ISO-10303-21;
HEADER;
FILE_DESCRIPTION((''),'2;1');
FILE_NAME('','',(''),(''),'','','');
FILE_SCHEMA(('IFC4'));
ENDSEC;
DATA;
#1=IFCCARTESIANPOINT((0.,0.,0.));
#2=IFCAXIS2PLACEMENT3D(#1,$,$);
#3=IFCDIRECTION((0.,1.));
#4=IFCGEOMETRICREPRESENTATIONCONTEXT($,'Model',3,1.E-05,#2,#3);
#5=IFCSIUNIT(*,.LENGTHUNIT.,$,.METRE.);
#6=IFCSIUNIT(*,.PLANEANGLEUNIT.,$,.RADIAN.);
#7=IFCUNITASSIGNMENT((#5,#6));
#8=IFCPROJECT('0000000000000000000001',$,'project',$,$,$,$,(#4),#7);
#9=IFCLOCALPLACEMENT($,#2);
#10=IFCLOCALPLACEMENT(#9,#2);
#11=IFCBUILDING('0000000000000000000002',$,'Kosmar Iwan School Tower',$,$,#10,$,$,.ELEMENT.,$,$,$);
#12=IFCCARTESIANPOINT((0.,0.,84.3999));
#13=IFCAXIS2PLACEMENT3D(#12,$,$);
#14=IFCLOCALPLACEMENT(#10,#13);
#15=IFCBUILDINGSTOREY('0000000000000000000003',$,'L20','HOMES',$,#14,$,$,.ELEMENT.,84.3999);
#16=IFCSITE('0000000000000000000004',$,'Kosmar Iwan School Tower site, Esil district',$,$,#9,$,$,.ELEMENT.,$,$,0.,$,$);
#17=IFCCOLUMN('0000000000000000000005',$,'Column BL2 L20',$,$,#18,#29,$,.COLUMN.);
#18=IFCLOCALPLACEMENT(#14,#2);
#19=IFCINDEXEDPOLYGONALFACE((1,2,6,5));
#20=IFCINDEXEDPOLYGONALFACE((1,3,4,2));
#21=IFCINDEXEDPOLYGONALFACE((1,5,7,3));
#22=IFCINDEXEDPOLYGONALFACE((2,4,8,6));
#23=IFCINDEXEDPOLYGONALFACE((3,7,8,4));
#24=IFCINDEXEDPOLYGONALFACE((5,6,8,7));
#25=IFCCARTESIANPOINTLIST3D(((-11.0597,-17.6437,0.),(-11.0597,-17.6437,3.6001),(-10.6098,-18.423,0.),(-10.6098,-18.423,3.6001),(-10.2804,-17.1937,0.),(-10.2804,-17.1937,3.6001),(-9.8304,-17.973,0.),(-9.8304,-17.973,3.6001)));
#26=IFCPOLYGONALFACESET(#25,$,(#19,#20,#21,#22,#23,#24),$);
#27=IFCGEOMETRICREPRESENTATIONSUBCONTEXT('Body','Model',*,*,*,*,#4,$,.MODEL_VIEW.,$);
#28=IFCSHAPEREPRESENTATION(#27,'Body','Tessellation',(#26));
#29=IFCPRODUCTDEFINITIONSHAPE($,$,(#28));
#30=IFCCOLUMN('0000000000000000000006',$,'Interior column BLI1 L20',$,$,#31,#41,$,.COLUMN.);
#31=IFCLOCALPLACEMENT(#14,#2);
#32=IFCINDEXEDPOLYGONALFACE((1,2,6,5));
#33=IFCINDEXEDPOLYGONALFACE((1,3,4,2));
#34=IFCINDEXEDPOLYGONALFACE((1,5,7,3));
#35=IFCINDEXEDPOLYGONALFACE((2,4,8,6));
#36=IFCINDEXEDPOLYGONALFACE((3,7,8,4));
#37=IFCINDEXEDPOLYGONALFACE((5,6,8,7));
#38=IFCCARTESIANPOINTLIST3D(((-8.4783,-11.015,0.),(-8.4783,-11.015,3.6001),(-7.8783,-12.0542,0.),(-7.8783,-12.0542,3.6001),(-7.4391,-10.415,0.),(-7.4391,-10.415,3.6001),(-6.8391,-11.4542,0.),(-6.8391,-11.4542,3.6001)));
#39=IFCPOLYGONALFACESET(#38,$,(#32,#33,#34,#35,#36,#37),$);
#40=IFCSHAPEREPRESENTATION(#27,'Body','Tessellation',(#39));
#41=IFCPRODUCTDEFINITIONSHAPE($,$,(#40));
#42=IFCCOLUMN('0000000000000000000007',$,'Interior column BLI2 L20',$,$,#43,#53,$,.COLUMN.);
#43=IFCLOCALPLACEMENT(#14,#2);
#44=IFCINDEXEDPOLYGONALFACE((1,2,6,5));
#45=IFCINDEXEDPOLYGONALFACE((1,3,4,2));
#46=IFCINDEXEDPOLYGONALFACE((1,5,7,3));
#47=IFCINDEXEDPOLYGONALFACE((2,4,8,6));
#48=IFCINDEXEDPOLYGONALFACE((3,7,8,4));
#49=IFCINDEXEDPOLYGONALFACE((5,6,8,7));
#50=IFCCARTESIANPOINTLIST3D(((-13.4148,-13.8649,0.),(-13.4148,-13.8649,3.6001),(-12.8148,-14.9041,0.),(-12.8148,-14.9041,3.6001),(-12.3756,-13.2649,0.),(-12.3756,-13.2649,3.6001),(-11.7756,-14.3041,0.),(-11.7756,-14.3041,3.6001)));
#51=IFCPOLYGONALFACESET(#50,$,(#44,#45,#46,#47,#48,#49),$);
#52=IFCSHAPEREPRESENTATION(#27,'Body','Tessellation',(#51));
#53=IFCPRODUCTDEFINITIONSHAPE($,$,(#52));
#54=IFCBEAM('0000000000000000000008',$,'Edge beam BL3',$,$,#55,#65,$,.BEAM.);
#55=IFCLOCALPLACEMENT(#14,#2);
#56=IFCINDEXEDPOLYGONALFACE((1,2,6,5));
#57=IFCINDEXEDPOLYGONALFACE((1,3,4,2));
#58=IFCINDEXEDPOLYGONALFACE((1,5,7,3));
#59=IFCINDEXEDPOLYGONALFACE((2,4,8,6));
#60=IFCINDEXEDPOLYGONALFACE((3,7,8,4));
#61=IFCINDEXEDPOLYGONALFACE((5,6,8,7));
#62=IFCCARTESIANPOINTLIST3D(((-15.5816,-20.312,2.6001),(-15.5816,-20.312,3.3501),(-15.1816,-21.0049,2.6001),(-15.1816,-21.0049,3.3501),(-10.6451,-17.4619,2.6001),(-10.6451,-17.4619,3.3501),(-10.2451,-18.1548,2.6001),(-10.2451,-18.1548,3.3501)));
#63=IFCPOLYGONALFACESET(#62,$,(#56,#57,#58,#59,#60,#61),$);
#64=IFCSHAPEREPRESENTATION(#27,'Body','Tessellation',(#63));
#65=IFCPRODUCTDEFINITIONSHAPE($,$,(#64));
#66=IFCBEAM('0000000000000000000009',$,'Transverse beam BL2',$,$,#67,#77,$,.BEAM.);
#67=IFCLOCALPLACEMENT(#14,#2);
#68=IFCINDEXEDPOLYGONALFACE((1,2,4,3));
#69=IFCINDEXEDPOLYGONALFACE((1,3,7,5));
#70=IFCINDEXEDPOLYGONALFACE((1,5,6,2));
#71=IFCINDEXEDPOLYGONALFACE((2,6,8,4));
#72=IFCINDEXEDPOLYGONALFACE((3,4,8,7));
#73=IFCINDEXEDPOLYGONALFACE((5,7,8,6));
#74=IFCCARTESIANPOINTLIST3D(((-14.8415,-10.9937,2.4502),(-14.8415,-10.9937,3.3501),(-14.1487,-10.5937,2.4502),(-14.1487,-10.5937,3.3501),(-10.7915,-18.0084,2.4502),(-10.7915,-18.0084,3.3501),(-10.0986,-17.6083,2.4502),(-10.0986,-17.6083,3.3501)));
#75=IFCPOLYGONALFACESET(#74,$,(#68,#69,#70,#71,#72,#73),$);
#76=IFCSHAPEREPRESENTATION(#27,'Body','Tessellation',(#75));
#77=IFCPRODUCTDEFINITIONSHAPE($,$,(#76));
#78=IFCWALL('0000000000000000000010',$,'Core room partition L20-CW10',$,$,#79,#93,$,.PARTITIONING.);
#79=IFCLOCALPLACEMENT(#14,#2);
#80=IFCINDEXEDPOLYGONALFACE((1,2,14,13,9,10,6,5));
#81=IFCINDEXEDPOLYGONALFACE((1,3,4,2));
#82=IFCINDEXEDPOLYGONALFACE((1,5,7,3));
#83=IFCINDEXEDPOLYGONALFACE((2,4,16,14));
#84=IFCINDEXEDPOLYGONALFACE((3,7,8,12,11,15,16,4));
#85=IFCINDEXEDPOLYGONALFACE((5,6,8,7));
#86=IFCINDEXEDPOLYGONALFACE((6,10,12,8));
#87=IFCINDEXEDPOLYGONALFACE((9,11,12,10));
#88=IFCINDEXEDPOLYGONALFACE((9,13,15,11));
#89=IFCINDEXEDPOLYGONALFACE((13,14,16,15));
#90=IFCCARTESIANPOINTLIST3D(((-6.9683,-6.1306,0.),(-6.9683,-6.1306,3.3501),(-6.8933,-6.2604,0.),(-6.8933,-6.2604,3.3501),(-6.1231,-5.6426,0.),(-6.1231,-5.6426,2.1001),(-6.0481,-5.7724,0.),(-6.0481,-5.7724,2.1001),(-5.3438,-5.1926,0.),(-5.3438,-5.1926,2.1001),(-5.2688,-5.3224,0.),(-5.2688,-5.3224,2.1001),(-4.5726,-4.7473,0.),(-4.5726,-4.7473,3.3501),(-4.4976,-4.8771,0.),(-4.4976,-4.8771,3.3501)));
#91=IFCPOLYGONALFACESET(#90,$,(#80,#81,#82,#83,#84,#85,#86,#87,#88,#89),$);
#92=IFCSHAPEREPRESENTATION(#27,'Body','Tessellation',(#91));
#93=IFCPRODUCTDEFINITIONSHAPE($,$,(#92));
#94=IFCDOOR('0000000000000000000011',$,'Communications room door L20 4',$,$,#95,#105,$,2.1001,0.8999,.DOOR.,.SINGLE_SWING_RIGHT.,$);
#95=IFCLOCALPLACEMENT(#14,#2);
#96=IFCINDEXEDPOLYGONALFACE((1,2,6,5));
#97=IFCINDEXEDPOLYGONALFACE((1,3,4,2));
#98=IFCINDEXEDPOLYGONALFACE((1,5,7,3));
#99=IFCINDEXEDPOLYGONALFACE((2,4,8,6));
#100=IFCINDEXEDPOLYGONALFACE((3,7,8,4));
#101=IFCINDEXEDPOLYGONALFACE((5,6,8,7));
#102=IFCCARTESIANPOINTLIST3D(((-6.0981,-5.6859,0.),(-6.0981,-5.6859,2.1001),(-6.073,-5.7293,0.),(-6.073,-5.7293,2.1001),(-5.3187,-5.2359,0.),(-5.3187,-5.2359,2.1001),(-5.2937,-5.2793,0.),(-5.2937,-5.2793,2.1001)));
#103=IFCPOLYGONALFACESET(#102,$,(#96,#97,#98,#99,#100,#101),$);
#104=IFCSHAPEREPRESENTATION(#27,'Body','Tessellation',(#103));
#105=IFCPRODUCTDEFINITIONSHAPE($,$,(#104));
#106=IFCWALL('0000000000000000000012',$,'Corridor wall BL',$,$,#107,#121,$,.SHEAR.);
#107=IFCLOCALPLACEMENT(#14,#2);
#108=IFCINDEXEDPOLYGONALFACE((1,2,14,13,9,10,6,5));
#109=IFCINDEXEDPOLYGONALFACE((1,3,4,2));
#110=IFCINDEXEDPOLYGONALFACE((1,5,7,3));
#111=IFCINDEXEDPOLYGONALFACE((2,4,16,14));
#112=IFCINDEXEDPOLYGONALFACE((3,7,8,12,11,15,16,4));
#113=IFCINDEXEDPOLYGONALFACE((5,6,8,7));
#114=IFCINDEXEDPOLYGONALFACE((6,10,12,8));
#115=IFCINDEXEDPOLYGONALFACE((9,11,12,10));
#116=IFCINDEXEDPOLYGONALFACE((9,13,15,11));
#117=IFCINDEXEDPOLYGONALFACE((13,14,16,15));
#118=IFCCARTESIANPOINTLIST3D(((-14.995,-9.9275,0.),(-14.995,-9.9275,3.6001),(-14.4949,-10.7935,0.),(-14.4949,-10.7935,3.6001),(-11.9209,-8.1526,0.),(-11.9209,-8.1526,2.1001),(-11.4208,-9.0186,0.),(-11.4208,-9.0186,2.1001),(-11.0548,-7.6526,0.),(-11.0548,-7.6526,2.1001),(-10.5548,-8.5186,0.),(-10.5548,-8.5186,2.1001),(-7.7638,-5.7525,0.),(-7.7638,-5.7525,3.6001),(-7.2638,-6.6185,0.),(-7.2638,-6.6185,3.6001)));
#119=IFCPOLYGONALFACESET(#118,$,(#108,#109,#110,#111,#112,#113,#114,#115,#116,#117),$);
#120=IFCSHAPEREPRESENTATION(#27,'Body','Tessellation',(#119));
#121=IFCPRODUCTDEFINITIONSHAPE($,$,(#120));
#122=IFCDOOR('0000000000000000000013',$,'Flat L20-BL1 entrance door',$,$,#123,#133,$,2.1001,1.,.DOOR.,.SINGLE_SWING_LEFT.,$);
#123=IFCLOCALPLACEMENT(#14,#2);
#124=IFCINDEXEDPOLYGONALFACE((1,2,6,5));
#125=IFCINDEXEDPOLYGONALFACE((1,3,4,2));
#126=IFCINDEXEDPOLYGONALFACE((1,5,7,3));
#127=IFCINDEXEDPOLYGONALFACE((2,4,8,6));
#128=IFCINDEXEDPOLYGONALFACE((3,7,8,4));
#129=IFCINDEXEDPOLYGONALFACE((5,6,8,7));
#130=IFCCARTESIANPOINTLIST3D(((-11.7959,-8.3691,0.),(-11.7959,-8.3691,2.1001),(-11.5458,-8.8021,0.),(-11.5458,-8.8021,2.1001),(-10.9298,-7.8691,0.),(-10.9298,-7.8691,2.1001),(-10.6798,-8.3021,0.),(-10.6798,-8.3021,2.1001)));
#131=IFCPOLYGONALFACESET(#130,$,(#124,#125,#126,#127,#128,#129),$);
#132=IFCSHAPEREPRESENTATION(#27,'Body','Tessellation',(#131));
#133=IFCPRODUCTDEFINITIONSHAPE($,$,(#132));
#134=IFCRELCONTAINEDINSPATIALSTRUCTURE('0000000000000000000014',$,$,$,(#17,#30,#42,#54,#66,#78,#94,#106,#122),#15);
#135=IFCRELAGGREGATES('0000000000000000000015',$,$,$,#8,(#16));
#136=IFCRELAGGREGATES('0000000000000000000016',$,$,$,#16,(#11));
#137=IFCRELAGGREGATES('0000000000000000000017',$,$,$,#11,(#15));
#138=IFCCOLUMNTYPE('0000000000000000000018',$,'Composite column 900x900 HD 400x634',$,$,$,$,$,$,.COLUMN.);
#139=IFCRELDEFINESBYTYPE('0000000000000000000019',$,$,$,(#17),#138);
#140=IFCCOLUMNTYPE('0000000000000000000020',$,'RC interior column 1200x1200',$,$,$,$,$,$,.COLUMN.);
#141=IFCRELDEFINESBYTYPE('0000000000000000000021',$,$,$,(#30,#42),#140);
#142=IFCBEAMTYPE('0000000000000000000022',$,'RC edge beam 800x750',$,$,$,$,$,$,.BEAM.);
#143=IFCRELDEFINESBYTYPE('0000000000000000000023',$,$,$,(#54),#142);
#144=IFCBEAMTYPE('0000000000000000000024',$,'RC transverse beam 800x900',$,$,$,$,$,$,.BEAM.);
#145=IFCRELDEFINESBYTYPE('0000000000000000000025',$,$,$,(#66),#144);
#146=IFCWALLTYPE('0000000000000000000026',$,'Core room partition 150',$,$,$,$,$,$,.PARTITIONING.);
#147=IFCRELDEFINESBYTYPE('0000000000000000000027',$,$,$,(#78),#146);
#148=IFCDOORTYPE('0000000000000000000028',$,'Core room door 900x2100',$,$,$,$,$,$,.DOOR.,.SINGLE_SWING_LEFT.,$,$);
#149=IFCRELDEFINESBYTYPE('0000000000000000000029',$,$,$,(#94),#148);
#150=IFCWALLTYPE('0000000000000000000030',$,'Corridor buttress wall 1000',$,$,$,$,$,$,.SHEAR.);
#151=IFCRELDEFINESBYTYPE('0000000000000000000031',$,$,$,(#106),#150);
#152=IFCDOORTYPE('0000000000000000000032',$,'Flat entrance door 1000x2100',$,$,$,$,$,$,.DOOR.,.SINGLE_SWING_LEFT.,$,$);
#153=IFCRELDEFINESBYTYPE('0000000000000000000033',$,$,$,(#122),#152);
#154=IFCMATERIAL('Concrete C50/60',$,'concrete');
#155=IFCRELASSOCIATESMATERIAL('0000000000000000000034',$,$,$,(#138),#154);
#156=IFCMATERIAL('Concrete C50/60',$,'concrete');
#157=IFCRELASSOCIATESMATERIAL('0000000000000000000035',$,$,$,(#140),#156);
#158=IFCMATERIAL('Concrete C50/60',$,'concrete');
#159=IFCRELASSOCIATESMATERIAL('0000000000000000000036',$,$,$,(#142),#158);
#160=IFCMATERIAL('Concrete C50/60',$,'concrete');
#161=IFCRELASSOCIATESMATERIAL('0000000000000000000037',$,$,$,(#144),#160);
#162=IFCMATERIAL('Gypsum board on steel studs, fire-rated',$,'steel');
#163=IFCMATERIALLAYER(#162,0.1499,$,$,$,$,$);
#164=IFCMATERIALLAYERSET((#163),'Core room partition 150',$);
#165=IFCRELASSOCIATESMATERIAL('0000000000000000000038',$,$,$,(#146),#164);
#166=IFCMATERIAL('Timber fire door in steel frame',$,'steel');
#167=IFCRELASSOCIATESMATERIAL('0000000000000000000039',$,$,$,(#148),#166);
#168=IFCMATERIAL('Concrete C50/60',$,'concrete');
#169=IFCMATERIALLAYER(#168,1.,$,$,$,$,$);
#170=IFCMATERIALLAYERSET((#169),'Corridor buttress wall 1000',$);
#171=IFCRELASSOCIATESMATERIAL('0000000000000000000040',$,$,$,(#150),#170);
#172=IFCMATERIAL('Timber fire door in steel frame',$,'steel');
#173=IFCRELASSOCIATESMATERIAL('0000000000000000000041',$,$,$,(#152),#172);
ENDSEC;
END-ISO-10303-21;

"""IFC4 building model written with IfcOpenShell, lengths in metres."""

from ifc_helpers import new_model, si_unit, direction, frame, frame_2d, origin, origin_2d, place, context, subcontext, project, spatial, rectangle, extrude, material, layer, layer_set, material_profile, profile_set, type_object, element, fill, save


model = new_model("IFC4")

# Units and contexts
model_context = context("Model", 3, precision=1e-05, world=origin(), true_north=direction((0.0, 1.0)))
body_context = subcontext(model_context, "Body", "Model", "MODEL_VIEW")
ifc_project = project(units=[si_unit("LENGTHUNIT", "METRE"), si_unit("PLANEANGLEUNIT", "RADIAN")], contexts=[model_context])

# Site, building, storey
site_placement = place(None, origin())
site = spatial("IfcSite", under=ifc_project, at=site_placement, Name="Kosmar Iwan School Tower site, Esil district", CompositionType="ELEMENT", RefElevation=0.0)
building_placement = place(site_placement, origin())
building = spatial("IfcBuilding", under=site, at=building_placement, Name="Kosmar Iwan School Tower", CompositionType="ELEMENT")
storey_placement = place(building_placement, frame((0.0, 0.0, 84.3999)))
storey = spatial("IfcBuildingStorey", under=building, at=storey_placement, Name="L20", Description="HOMES", CompositionType="ELEMENT", Elevation=84.3999)

# Columns
ifc_material_1 = material(Name="Concrete C50/60", Category="concrete")
ifc_material_profile_1 = material_profile(ifc_material_1, rectangle(XDim=0.8999, YDim=0.8999, at=origin_2d()), Name="RC 900x900 + HD 400x634")
ifc_profile_set_1 = profile_set([ifc_material_profile_1], Name="Concrete C50/60")
column_type_1 = type_object("IfcColumnType", Name="Composite column 900x900 HD 400x634", PredefinedType="COLUMN", material=ifc_profile_set_1)
column_placement = place(storey_placement, frame((-10.4451, -17.8083, 0.0), z_axis=(0.0, 0.0, 1.0), x_axis=(-0.866025, -0.5, 0.0)))
element("IfcColumn", 1, at=column_placement, inside=storey, type_object=column_type_1, Name="Column BL2 L20", PredefinedType="COLUMN", context=body_context, shape_type="SweptSolid", body=[
    extrude(rectangle(XDim=0.8999, YDim=0.8999, at=origin_2d()), origin(), (0.0, 0.0, 1.0), 3.6001),
])
ifc_material_2 = material(Name="Concrete C50/60", Category="concrete")
ifc_material_profile_2 = material_profile(ifc_material_2, rectangle(XDim=1.2, YDim=1.2, at=origin_2d()), Name="RC 1200x1200")
ifc_profile_set_2 = profile_set([ifc_material_profile_2], Name="Concrete C50/60")
column_type_2 = type_object("IfcColumnType", Name="RC interior column 1200x1200", PredefinedType="COLUMN", material=ifc_profile_set_2)
for number, where, z_axis, x_axis, name in (
    (2, (-7.6587, -11.2346, 0.0), (0.0, 0.0, 1.0), (-0.866025, -0.5, 0.0), "Interior column BLI1 L20"),
    (3, (-12.5952, -14.0845, 0.0), (0.0, 0.0, 1.0), (-0.866025, -0.5, 0.0), "Interior column BLI2 L20"),
):
    element("IfcColumn", number, at=place(storey_placement, frame(where, z_axis=z_axis, x_axis=x_axis)), inside=storey, type_object=column_type_2, Name=name, PredefinedType="COLUMN", context=body_context, shape_type="SweptSolid", body=[
        extrude(rectangle(XDim=1.2, YDim=1.2, at=origin_2d()), origin(), (0.0, 0.0, 1.0), 3.6001),
    ])

# Beams
ifc_material_3 = material(Name="Concrete C50/60", Category="concrete")
ifc_material_profile_3 = material_profile(ifc_material_3, rectangle(XDim=0.8, YDim=0.75, at=origin_2d()), Name="RC 800x750")
ifc_profile_set_3 = profile_set([ifc_material_profile_3], Name="Concrete C50/60")
beam_type_1 = type_object("IfcBeamType", Name="RC edge beam 800x750", PredefinedType="BEAM", material=ifc_profile_set_3)
beam_1_placement = place(storey_placement, frame((-10.4451, -17.8083, 2.9751), z_axis=(-0.866026, -0.499999, 0.0), x_axis=(0.499999, -0.866026, 0.0)))
element("IfcBeam", 4, at=beam_1_placement, inside=storey, type_object=beam_type_1, Name="Edge beam BL3", PredefinedType="BEAM", context=body_context, shape_type="SweptSolid", body=[
    extrude(rectangle(XDim=0.8, YDim=0.75, at=origin_2d()), origin(), (0.0, 0.0, 1.0), 5.7002),
])
ifc_material_4 = material(Name="Concrete C50/60", Category="concrete")
ifc_material_profile_4 = material_profile(ifc_material_4, rectangle(XDim=0.8, YDim=0.8999, at=origin_2d()), Name="RC 800x900")
ifc_profile_set_4 = profile_set([ifc_material_profile_4], Name="Concrete C50/60")
beam_type_2 = type_object("IfcBeamType", Name="RC transverse beam 800x900", PredefinedType="BEAM", material=ifc_profile_set_4)
beam_2_placement = place(storey_placement, frame((-10.4451, -17.8083, 2.9001), z_axis=(-0.500013, 0.866018, 0.0), x_axis=(-0.866018, -0.500013, 0.0)))
element("IfcBeam", 5, at=beam_2_placement, inside=storey, type_object=beam_type_2, Name="Transverse beam BL2", PredefinedType="BEAM", context=body_context, shape_type="SweptSolid", body=[
    extrude(rectangle(XDim=0.8, YDim=0.8999, at=origin_2d()), origin(), (0.0, 0.0, 1.0), 8.0999),
])

# Walls, openings, doors
ifc_material_5 = material(Name="Gypsum board on steel studs, fire-rated", Category="steel")
ifc_layer_1 = layer(ifc_material_5, 0.1499)
ifc_layer_set_1 = layer_set([ifc_layer_1], Name="Core room partition 150")
wall_type_1 = type_object("IfcWallType", Name="Core room partition 150", PredefinedType="PARTITIONING", material=ifc_layer_set_1)
wall_1_placement = place(storey_placement, frame((-6.9309, -6.1956, 0.0), z_axis=(0.0, 0.0, 1.0), x_axis=(0.866008, 0.500031, 0.0)))
wall_1 = element("IfcWall", 6, at=wall_1_placement, inside=storey, type_object=wall_type_1, Name="Core room partition L20-CW10", PredefinedType="PARTITIONING", context=body_context, shape_type="SweptSolid", body=[
    extrude(rectangle(XDim=2.7664, YDim=0.1499, at=frame_2d((1.3833, 0.0))), origin(), (0.0, 0.0, 1.0), 3.3501),
])
opening_1_placement = place(wall_1_placement, frame((0.9761, 0.0, 0.0)))
opening_1 = element("IfcOpeningElement", 7, at=opening_1_placement, cuts=wall_1, PredefinedType="OPENING", context=body_context, shape_type="SweptSolid", body=[
    extrude(rectangle(XDim=0.8999, YDim=2.1001, at=frame_2d((0.45, 1.05))), frame((0.0, 0.0869, 0.0), z_axis=(0.0, -1.0, 0.0), x_axis=(1.0, 0.0, 0.0)), (0.0, 0.0, 1.0), 0.1738),
])
ifc_material_6 = material(Name="Timber fire door in steel frame", Category="steel")
door_type_1 = type_object("IfcDoorType", Name="Core room door 900x2100", OperationType="SINGLE_SWING_LEFT", PredefinedType="DOOR", material=ifc_material_6)
door_1_placement = place(opening_1_placement, origin())
door_1 = element("IfcDoor", 8, at=door_1_placement, inside=storey, type_object=door_type_1, Name="Communications room door L20 4", OperationType="SINGLE_SWING_RIGHT", OverallHeight=2.1001, OverallWidth=0.8999, PredefinedType="DOOR", context=body_context, shape_type="SweptSolid", body=[
    extrude(rectangle(XDim=0.8999, YDim=2.1001, at=frame_2d((0.45, 1.05))), frame((0.0, 0.0249, 0.0), z_axis=(0.0, -1.0, 0.0), x_axis=(1.0, 0.0, 0.0)), (0.0, 0.0, 1.0), 0.05),
])
fill(opening_1, door_1)
ifc_material_7 = material(Name="Concrete C50/60", Category="concrete")
ifc_layer_2 = layer(ifc_material_7, 1.0)
ifc_layer_set_2 = layer_set([ifc_layer_2], Name="Corridor buttress wall 1000")
wall_type_2 = type_object("IfcWallType", Name="Corridor buttress wall 1000", PredefinedType="SHEAR", material=ifc_layer_set_2)
wall_2_placement = place(storey_placement, frame((-7.5139, -6.1855, 0.0), z_axis=(0.0, 0.0, 1.0), x_axis=(-0.86602, -0.50001, 0.0)))
wall_2 = element("IfcWall", 9, at=wall_2_placement, inside=storey, type_object=wall_type_2, Name="Corridor wall BL", PredefinedType="SHEAR", context=body_context, shape_type="SweptSolid", body=[
    extrude(rectangle(XDim=8.3499, YDim=1.0, at=frame_2d((4.1748, 0.0))), origin(), (0.0, 0.0, 1.0), 3.6001),
])
opening_2_placement = place(wall_2_placement, frame((3.8, 0.0, 0.0)))
opening_2 = element("IfcOpeningElement", 10, at=opening_2_placement, cuts=wall_2, PredefinedType="OPENING", context=body_context, shape_type="SweptSolid", body=[
    extrude(rectangle(XDim=1.0, YDim=2.1001, at=frame_2d((0.5, 1.05))), frame((0.0, 0.512, 0.0), z_axis=(0.0, -1.0, 0.0), x_axis=(1.0, 0.0, 0.0)), (0.0, 0.0, 1.0), 1.0239),
])
ifc_material_8 = material(Name="Timber fire door in steel frame", Category="steel")
door_type_2 = type_object("IfcDoorType", Name="Flat entrance door 1000x2100", OperationType="SINGLE_SWING_LEFT", PredefinedType="DOOR", material=ifc_material_8)
door_2_placement = place(opening_2_placement, origin())
door_2 = element("IfcDoor", 11, at=door_2_placement, inside=storey, type_object=door_type_2, Name="Flat L20-BL1 entrance door", OperationType="SINGLE_SWING_LEFT", OverallHeight=2.1001, OverallWidth=1.0, PredefinedType="DOOR", context=body_context, shape_type="SweptSolid", body=[
    extrude(rectangle(XDim=1.0, YDim=2.1001, at=frame_2d((0.5, 1.05))), frame((0.0, 0.25, 0.0), z_axis=(0.0, -1.0, 0.0), x_axis=(1.0, 0.0, 0.0)), (0.0, 0.0, 1.0), 0.5),
])
fill(opening_2, door_2)

save(model, "model.ifc")
